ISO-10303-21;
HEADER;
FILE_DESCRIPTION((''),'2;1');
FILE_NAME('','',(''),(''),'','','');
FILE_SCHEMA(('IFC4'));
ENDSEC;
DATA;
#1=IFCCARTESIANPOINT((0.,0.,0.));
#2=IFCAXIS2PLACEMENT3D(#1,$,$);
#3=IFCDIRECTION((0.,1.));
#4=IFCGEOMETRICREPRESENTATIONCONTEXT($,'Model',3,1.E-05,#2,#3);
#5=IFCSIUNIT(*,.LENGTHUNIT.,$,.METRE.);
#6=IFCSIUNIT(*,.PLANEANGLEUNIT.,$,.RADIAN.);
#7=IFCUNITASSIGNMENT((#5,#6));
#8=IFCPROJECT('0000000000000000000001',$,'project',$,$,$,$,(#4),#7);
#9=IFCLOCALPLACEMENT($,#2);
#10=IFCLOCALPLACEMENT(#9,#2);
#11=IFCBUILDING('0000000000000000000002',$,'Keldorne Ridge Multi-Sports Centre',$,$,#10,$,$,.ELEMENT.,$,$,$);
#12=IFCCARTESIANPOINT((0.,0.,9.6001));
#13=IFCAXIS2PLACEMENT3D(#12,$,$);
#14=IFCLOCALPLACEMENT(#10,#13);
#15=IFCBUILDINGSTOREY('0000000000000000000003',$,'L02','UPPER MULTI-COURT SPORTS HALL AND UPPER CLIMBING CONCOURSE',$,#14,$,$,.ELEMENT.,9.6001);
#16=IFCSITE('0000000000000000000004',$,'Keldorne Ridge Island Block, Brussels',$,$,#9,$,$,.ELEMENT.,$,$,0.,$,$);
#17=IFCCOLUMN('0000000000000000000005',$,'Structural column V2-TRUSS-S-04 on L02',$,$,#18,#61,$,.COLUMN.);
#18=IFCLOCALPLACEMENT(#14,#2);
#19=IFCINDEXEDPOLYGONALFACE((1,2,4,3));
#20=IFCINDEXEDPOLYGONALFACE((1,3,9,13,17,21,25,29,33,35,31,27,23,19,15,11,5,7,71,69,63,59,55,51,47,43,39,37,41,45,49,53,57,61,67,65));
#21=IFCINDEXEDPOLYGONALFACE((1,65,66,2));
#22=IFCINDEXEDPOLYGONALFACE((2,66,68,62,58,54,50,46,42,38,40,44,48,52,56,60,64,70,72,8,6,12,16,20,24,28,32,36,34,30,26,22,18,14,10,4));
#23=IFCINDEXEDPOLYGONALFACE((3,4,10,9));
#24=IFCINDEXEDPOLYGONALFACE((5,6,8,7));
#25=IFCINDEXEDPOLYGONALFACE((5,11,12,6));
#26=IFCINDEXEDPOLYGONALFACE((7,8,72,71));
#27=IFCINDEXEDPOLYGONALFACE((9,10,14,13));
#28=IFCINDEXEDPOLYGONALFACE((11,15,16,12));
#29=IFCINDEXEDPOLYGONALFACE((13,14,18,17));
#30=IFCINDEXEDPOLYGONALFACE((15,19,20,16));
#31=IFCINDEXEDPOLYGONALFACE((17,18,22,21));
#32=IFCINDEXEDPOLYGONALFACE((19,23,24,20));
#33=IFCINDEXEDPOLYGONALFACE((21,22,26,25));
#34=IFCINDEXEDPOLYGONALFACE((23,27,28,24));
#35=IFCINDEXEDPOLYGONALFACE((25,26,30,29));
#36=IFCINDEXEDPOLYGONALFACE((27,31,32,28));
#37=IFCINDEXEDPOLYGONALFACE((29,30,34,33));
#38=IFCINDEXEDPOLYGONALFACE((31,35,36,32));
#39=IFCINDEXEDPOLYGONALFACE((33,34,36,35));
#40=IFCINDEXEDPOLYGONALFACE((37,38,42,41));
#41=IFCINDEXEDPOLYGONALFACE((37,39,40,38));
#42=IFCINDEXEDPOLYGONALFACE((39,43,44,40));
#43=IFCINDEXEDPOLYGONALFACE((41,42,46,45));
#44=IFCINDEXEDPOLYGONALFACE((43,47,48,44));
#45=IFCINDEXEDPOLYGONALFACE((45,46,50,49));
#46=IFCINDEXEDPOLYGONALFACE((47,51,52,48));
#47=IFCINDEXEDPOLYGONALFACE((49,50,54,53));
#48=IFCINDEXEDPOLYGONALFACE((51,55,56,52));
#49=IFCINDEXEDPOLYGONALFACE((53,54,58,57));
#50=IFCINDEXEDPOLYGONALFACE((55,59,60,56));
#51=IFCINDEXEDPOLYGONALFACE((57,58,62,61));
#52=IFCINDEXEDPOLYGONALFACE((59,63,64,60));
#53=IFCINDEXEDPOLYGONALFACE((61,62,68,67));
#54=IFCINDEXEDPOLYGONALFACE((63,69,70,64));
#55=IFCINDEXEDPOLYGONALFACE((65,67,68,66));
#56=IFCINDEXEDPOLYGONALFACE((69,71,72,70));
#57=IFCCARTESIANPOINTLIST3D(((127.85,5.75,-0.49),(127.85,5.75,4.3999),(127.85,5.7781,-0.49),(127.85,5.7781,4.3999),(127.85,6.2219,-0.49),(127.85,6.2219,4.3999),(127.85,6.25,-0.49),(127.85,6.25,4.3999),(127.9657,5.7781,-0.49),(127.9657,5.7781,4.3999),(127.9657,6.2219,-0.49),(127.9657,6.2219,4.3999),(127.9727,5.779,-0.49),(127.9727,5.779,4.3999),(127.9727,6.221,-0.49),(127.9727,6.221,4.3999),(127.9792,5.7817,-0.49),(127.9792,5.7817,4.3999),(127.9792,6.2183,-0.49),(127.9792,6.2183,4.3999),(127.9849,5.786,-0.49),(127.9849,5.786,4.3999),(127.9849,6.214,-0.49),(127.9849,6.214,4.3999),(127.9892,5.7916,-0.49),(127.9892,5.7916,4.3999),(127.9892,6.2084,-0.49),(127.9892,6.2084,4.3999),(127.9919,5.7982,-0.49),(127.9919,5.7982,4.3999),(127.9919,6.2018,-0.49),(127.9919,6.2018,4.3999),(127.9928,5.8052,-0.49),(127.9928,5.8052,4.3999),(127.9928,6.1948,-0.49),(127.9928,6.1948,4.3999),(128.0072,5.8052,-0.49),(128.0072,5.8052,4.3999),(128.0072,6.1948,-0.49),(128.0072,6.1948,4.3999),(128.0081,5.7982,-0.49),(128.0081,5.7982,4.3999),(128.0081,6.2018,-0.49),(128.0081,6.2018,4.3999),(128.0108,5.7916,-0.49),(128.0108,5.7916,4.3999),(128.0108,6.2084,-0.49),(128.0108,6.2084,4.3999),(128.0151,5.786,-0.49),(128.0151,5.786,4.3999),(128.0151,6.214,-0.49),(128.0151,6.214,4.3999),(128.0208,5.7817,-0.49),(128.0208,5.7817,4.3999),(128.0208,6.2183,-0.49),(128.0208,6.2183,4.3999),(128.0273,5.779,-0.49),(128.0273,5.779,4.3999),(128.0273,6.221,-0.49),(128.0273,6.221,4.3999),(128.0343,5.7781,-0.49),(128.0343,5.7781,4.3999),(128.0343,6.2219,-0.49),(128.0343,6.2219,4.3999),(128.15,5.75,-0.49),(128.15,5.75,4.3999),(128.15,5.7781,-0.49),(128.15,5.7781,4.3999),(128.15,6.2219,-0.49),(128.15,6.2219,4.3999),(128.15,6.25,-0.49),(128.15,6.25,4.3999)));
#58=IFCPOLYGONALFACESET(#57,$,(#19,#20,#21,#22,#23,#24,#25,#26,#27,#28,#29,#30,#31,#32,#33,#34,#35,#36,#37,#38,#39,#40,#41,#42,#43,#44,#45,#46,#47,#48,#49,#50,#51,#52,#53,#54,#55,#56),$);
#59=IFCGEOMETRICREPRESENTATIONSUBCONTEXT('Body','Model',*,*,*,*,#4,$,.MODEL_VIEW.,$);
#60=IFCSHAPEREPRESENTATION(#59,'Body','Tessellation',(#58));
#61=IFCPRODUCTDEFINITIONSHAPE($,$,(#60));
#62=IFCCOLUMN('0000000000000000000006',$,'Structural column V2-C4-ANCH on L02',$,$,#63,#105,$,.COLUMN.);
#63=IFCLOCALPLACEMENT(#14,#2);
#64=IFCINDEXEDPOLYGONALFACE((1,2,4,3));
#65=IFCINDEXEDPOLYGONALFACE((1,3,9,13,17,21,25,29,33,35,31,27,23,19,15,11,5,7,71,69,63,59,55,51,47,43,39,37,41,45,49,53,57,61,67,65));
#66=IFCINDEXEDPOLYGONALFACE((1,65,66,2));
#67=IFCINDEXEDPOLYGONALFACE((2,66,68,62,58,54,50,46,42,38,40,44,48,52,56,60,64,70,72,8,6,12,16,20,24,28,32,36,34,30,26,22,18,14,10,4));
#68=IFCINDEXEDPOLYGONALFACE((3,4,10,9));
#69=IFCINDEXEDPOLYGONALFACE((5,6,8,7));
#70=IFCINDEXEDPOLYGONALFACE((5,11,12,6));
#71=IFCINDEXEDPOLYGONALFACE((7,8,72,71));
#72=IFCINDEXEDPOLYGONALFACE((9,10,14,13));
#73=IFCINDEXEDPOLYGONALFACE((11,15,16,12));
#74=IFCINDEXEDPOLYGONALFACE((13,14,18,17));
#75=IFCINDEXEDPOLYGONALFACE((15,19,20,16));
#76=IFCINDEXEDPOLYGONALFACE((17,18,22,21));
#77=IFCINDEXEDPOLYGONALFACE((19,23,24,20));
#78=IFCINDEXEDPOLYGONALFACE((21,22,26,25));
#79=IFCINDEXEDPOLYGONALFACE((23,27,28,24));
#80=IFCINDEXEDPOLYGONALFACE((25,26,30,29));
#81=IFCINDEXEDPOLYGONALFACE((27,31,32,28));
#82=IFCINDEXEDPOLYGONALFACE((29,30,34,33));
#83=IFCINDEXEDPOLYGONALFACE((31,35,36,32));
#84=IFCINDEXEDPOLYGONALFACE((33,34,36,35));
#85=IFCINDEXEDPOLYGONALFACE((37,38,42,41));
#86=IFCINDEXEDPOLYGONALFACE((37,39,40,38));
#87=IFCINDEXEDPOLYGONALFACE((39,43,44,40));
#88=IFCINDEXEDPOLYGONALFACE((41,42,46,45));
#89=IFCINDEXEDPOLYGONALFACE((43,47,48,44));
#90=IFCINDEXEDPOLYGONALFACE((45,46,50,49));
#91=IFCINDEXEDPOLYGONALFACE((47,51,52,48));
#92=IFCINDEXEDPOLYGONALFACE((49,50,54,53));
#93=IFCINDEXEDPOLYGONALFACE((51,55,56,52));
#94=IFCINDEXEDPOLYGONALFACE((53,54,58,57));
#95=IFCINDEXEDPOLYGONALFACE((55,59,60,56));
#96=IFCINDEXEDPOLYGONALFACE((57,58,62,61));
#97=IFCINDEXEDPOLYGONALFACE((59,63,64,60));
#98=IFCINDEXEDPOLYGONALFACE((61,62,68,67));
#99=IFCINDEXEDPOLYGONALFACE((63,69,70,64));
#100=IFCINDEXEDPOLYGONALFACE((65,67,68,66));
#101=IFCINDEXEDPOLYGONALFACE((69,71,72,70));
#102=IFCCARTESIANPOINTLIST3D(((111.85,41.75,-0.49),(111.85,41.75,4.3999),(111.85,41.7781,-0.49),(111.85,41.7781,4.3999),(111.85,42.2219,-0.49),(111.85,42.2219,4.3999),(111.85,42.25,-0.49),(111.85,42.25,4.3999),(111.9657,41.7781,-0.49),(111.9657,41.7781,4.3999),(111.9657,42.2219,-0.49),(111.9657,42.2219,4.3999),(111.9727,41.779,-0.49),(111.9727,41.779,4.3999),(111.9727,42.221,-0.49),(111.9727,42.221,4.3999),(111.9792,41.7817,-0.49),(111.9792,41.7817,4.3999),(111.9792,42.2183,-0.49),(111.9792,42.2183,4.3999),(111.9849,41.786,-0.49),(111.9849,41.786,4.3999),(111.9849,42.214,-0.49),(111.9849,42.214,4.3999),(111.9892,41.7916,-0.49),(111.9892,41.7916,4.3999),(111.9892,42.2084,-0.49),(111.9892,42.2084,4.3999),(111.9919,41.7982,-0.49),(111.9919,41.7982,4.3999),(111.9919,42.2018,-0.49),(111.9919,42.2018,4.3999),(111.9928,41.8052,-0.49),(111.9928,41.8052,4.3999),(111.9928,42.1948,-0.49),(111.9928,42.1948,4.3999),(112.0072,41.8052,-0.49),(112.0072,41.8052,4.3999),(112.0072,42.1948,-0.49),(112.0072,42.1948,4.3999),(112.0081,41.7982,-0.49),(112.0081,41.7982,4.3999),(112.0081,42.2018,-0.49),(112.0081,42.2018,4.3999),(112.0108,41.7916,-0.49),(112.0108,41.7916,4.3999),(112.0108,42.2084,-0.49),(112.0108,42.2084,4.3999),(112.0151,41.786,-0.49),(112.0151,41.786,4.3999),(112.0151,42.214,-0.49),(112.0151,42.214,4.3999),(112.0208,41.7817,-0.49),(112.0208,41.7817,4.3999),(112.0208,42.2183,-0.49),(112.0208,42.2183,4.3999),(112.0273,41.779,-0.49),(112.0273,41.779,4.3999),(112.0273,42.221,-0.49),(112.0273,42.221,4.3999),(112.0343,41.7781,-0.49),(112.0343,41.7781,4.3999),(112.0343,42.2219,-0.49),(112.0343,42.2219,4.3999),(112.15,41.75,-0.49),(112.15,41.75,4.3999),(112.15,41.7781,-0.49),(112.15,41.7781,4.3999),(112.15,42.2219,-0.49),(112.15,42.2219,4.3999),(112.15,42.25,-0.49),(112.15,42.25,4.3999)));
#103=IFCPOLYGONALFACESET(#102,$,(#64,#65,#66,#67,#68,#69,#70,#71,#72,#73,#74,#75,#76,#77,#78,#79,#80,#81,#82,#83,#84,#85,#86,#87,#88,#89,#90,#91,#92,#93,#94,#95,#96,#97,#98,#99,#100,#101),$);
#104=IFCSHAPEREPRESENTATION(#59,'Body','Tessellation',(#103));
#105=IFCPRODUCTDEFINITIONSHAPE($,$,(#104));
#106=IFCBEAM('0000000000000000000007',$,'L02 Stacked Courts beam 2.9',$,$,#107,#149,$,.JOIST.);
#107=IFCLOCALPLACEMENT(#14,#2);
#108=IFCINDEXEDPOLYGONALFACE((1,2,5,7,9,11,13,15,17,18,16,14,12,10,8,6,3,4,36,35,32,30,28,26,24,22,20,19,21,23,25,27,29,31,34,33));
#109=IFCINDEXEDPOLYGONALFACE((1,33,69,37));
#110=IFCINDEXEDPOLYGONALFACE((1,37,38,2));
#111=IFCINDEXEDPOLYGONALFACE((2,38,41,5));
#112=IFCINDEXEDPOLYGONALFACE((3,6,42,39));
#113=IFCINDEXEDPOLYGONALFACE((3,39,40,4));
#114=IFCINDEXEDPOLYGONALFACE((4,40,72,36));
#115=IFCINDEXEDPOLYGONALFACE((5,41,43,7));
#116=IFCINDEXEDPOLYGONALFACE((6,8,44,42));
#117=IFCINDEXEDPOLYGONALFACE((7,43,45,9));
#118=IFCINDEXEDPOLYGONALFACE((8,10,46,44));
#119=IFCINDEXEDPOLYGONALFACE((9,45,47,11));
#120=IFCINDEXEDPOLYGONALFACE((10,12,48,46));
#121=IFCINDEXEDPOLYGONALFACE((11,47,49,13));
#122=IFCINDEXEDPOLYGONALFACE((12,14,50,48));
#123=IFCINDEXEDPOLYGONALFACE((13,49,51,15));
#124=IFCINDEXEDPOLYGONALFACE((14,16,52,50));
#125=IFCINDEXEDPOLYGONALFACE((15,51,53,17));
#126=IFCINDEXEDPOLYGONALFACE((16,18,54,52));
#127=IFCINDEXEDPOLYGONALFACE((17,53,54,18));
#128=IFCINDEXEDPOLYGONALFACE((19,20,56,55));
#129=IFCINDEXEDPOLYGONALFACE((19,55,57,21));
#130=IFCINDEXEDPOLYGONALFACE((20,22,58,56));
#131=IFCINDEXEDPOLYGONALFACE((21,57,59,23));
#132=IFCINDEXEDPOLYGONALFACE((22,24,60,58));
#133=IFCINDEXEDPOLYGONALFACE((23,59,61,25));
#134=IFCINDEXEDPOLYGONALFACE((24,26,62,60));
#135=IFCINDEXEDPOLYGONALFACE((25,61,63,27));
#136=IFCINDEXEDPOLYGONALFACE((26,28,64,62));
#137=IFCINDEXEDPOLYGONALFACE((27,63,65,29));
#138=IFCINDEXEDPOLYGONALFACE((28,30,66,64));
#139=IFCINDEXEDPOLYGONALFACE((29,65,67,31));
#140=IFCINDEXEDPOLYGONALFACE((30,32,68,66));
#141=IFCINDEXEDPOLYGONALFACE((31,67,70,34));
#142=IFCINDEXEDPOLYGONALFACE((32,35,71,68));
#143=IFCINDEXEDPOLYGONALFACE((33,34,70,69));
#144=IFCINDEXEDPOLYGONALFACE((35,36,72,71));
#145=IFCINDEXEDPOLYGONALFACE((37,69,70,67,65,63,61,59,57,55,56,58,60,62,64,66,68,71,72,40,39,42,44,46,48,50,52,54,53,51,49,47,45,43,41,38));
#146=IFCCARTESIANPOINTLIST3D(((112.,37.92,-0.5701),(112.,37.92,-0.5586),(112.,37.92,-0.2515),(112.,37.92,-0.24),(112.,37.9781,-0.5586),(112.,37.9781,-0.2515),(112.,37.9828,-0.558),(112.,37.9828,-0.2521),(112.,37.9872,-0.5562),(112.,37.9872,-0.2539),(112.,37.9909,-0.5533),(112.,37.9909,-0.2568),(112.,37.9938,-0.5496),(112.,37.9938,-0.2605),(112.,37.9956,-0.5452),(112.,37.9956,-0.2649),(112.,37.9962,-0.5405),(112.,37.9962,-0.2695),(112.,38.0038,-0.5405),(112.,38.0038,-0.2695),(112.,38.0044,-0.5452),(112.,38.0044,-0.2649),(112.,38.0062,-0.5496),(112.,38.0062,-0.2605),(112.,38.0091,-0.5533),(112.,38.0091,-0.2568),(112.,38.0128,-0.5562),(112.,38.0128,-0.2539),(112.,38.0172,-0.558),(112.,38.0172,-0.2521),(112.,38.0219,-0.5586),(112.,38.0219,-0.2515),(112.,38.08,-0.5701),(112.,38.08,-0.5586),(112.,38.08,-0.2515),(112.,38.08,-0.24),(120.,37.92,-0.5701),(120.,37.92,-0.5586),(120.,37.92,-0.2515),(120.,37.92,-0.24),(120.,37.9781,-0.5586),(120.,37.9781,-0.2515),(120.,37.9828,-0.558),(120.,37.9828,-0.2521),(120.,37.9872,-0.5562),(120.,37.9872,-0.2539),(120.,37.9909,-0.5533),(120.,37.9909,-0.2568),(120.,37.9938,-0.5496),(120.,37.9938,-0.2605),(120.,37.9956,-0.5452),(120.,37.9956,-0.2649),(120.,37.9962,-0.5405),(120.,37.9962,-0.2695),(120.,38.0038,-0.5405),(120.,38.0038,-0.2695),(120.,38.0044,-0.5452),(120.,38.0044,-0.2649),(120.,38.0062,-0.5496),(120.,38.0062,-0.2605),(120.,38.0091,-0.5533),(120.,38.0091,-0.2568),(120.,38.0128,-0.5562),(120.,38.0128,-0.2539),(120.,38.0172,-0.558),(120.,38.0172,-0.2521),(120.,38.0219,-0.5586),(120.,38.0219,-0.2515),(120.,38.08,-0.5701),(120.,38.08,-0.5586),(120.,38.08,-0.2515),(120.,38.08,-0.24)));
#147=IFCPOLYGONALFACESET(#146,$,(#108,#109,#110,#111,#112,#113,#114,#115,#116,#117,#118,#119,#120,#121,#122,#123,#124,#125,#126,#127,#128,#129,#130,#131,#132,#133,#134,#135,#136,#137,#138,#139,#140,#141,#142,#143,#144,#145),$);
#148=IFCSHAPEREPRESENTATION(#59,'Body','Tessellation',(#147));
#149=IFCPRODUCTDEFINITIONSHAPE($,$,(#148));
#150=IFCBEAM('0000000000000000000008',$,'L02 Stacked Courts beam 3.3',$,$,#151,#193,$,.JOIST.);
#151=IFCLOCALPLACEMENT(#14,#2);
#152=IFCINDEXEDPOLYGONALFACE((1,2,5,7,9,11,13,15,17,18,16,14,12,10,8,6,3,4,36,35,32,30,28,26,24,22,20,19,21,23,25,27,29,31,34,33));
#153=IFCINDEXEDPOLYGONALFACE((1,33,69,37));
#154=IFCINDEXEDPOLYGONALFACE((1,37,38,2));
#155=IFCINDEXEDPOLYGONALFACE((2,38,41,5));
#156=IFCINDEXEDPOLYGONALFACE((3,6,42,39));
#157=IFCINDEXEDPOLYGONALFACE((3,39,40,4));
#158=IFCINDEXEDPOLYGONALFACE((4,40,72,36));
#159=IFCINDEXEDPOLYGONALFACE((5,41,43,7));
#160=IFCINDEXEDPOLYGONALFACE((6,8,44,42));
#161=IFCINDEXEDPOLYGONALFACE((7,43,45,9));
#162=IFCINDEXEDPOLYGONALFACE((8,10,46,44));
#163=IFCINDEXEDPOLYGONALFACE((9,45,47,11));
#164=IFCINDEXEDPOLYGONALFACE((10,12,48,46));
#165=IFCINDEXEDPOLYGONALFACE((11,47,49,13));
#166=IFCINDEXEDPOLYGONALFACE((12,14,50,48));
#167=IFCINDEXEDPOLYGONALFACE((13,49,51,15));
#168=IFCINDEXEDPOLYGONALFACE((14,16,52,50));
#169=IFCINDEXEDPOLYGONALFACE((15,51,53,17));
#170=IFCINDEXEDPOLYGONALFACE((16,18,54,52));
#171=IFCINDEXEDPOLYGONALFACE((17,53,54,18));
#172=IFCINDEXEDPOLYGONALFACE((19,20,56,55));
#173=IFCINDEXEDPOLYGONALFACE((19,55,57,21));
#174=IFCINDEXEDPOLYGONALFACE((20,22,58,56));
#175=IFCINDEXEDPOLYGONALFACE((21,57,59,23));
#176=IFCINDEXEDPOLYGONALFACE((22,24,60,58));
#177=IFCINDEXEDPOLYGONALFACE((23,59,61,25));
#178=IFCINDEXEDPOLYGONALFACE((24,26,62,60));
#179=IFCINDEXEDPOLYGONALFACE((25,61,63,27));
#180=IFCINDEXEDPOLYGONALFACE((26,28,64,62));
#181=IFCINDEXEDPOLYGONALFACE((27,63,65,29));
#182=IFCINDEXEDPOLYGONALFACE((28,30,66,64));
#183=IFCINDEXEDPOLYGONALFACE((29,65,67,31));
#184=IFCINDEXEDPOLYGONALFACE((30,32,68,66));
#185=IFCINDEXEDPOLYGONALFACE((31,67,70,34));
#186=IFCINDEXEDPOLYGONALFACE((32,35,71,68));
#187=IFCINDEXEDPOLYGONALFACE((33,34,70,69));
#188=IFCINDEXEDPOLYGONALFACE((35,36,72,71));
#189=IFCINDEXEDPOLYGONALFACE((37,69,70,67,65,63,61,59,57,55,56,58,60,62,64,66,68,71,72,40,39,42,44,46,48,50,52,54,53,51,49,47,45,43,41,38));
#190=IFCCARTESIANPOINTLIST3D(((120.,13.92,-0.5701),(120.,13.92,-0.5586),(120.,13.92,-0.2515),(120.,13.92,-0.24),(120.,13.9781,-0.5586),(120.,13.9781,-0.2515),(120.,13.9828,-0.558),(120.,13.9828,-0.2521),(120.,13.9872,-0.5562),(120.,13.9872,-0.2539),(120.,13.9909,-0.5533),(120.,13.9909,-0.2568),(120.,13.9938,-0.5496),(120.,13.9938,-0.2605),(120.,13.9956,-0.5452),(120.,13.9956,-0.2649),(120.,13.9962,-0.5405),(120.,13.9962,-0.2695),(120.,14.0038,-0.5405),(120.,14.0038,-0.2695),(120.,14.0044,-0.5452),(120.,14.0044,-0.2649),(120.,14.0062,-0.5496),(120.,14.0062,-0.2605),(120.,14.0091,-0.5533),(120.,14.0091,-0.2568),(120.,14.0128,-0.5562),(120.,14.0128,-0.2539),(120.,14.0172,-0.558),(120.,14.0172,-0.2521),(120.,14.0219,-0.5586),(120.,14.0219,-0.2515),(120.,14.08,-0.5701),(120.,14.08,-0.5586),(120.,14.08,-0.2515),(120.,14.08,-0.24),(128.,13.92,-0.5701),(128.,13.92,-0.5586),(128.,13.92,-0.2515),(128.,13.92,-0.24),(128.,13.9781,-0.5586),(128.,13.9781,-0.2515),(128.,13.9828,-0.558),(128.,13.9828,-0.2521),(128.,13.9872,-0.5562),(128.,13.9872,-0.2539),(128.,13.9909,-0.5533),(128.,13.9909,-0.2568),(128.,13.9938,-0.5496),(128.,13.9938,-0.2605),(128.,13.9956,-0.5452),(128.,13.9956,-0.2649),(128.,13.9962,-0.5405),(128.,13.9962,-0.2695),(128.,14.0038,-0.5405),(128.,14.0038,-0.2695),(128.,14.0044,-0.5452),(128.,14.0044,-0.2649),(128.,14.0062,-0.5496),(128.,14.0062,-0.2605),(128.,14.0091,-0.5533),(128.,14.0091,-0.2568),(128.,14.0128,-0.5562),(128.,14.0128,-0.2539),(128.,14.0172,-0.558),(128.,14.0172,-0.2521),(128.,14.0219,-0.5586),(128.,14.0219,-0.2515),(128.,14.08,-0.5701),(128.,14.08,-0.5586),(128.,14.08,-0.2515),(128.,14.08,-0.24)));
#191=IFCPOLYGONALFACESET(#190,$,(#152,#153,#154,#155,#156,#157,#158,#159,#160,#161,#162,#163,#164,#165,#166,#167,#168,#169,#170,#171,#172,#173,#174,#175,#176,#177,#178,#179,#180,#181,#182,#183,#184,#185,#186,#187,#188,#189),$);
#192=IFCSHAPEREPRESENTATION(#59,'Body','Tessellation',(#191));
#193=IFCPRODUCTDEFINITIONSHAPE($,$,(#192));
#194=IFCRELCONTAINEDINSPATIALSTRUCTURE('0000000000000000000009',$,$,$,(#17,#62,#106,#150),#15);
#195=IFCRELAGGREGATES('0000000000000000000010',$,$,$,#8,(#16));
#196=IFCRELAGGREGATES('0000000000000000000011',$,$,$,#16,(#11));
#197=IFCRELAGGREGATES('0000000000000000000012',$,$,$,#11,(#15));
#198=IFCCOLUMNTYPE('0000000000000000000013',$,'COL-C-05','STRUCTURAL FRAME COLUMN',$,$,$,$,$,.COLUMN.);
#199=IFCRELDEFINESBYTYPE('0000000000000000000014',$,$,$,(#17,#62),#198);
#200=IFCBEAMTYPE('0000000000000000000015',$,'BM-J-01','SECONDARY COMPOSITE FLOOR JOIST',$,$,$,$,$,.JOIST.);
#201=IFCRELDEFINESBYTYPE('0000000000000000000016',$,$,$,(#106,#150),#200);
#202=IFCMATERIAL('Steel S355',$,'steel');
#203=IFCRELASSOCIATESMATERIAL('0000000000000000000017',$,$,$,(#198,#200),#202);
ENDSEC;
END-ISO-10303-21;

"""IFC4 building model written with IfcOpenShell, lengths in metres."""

from ifc_helpers import new_model, si_unit, direction, frame, origin, origin_2d, place, context, subcontext, project, spatial, i_section, extrude, material, material_profile, profile_set, type_object, element, save


model = new_model("IFC4")

# Units and contexts
model_context = context("Model", 3, precision=1e-05, world=origin(), true_north=direction((0.0, 1.0)))
body_context = subcontext(model_context, "Body", "Model", "MODEL_VIEW")
ifc_project = project(units=[si_unit("LENGTHUNIT", "METRE"), si_unit("PLANEANGLEUNIT", "RADIAN")], contexts=[model_context])

# Site, building, storey
site_placement = place(None, origin())
site = spatial("IfcSite", under=ifc_project, at=site_placement, Name="Keldorne Ridge Island Block, Brussels", CompositionType="ELEMENT", RefElevation=0.0)
building_placement = place(site_placement, origin())
building = spatial("IfcBuilding", under=site, at=building_placement, Name="Keldorne Ridge Multi-Sports Centre", CompositionType="ELEMENT")
storey_placement = place(building_placement, frame((0.0, 0.0, 9.6001)))
storey = spatial("IfcBuildingStorey", under=building, at=storey_placement, Name="L02", Description="UPPER MULTI-COURT SPORTS HALL AND UPPER CLIMBING CONCOURSE", CompositionType="ELEMENT", Elevation=9.6001)

# Columns
ifc_material_1 = material(Name="Steel S355", Category="steel")
ifc_material_profile_1 = material_profile(ifc_material_1, i_section(OverallWidth=0.3, OverallDepth=0.5, WebThickness=0.0144, FlangeThickness=0.0281, FilletRadius=0.0271, at=origin_2d()), Name="HEB 500")
ifc_profile_set_1 = profile_set([ifc_material_profile_1], Name="Steel S355")
column_type = type_object("IfcColumnType", Name="COL-C-05", Description="STRUCTURAL FRAME COLUMN", PredefinedType="COLUMN", material=ifc_profile_set_1)
for number, where, z_axis, x_axis, name in (
    (1, (128.0, 6.0, -0.49), (0.0, 0.0, 1.0), (1.0, 0.0, 0.0), "Structural column V2-TRUSS-S-04 on L02"),
    (2, (112.0, 42.0, -0.49), (0.0, 0.0, 1.0), (1.0, 0.0, 0.0), "Structural column V2-C4-ANCH on L02"),
):
    element("IfcColumn", number, at=place(storey_placement, frame(where, z_axis=z_axis, x_axis=x_axis)), inside=storey, type_object=column_type, Name=name, PredefinedType="COLUMN", context=body_context, shape_type="SweptSolid", body=[
        extrude(i_section(OverallWidth=0.3, OverallDepth=0.5, WebThickness=0.0144, FlangeThickness=0.0281, FilletRadius=0.0271, at=origin_2d()), origin(), (0.0, 0.0, 1.0), 4.8899),
    ])

# Beams
ifc_material_profile_2 = material_profile(ifc_material_1, i_section(OverallWidth=0.1599, OverallDepth=0.3301, WebThickness=0.0076, FlangeThickness=0.0115, FilletRadius=0.0181, at=origin_2d()), Name="IPE 330")
ifc_profile_set_2 = profile_set([ifc_material_profile_2], Name="Steel S355")
beam_type_1 = type_object("IfcBeamType", Name="BM-J-01", Description="SECONDARY COMPOSITE FLOOR JOIST", PredefinedType="JOIST", material=ifc_profile_set_2)
for number, where, z_axis, x_axis, name in (
    (3, (112.0, 38.0, -0.405), (1.0, 0.0, 0.0), (0.0, 1.0, 0.0), "L02 Stacked Courts beam 2.9"),
    (4, (120.0, 14.0, -0.405), (1.0, 0.0, 0.0), (0.0, 1.0, 0.0), "L02 Stacked Courts beam 3.3"),
):
    element("IfcBeam", number, at=place(storey_placement, frame(where, z_axis=z_axis, x_axis=x_axis)), inside=storey, type_object=beam_type_1, Name=name, PredefinedType="JOIST", context=body_context, shape_type="SweptSolid", body=[
        extrude(i_section(OverallWidth=0.1599, OverallDepth=0.3301, WebThickness=0.0076, FlangeThickness=0.0115, FilletRadius=0.0181, at=origin_2d()), origin(), (0.0, 0.0, 1.0), 8.0),
    ])

save(model, "model.ifc")
